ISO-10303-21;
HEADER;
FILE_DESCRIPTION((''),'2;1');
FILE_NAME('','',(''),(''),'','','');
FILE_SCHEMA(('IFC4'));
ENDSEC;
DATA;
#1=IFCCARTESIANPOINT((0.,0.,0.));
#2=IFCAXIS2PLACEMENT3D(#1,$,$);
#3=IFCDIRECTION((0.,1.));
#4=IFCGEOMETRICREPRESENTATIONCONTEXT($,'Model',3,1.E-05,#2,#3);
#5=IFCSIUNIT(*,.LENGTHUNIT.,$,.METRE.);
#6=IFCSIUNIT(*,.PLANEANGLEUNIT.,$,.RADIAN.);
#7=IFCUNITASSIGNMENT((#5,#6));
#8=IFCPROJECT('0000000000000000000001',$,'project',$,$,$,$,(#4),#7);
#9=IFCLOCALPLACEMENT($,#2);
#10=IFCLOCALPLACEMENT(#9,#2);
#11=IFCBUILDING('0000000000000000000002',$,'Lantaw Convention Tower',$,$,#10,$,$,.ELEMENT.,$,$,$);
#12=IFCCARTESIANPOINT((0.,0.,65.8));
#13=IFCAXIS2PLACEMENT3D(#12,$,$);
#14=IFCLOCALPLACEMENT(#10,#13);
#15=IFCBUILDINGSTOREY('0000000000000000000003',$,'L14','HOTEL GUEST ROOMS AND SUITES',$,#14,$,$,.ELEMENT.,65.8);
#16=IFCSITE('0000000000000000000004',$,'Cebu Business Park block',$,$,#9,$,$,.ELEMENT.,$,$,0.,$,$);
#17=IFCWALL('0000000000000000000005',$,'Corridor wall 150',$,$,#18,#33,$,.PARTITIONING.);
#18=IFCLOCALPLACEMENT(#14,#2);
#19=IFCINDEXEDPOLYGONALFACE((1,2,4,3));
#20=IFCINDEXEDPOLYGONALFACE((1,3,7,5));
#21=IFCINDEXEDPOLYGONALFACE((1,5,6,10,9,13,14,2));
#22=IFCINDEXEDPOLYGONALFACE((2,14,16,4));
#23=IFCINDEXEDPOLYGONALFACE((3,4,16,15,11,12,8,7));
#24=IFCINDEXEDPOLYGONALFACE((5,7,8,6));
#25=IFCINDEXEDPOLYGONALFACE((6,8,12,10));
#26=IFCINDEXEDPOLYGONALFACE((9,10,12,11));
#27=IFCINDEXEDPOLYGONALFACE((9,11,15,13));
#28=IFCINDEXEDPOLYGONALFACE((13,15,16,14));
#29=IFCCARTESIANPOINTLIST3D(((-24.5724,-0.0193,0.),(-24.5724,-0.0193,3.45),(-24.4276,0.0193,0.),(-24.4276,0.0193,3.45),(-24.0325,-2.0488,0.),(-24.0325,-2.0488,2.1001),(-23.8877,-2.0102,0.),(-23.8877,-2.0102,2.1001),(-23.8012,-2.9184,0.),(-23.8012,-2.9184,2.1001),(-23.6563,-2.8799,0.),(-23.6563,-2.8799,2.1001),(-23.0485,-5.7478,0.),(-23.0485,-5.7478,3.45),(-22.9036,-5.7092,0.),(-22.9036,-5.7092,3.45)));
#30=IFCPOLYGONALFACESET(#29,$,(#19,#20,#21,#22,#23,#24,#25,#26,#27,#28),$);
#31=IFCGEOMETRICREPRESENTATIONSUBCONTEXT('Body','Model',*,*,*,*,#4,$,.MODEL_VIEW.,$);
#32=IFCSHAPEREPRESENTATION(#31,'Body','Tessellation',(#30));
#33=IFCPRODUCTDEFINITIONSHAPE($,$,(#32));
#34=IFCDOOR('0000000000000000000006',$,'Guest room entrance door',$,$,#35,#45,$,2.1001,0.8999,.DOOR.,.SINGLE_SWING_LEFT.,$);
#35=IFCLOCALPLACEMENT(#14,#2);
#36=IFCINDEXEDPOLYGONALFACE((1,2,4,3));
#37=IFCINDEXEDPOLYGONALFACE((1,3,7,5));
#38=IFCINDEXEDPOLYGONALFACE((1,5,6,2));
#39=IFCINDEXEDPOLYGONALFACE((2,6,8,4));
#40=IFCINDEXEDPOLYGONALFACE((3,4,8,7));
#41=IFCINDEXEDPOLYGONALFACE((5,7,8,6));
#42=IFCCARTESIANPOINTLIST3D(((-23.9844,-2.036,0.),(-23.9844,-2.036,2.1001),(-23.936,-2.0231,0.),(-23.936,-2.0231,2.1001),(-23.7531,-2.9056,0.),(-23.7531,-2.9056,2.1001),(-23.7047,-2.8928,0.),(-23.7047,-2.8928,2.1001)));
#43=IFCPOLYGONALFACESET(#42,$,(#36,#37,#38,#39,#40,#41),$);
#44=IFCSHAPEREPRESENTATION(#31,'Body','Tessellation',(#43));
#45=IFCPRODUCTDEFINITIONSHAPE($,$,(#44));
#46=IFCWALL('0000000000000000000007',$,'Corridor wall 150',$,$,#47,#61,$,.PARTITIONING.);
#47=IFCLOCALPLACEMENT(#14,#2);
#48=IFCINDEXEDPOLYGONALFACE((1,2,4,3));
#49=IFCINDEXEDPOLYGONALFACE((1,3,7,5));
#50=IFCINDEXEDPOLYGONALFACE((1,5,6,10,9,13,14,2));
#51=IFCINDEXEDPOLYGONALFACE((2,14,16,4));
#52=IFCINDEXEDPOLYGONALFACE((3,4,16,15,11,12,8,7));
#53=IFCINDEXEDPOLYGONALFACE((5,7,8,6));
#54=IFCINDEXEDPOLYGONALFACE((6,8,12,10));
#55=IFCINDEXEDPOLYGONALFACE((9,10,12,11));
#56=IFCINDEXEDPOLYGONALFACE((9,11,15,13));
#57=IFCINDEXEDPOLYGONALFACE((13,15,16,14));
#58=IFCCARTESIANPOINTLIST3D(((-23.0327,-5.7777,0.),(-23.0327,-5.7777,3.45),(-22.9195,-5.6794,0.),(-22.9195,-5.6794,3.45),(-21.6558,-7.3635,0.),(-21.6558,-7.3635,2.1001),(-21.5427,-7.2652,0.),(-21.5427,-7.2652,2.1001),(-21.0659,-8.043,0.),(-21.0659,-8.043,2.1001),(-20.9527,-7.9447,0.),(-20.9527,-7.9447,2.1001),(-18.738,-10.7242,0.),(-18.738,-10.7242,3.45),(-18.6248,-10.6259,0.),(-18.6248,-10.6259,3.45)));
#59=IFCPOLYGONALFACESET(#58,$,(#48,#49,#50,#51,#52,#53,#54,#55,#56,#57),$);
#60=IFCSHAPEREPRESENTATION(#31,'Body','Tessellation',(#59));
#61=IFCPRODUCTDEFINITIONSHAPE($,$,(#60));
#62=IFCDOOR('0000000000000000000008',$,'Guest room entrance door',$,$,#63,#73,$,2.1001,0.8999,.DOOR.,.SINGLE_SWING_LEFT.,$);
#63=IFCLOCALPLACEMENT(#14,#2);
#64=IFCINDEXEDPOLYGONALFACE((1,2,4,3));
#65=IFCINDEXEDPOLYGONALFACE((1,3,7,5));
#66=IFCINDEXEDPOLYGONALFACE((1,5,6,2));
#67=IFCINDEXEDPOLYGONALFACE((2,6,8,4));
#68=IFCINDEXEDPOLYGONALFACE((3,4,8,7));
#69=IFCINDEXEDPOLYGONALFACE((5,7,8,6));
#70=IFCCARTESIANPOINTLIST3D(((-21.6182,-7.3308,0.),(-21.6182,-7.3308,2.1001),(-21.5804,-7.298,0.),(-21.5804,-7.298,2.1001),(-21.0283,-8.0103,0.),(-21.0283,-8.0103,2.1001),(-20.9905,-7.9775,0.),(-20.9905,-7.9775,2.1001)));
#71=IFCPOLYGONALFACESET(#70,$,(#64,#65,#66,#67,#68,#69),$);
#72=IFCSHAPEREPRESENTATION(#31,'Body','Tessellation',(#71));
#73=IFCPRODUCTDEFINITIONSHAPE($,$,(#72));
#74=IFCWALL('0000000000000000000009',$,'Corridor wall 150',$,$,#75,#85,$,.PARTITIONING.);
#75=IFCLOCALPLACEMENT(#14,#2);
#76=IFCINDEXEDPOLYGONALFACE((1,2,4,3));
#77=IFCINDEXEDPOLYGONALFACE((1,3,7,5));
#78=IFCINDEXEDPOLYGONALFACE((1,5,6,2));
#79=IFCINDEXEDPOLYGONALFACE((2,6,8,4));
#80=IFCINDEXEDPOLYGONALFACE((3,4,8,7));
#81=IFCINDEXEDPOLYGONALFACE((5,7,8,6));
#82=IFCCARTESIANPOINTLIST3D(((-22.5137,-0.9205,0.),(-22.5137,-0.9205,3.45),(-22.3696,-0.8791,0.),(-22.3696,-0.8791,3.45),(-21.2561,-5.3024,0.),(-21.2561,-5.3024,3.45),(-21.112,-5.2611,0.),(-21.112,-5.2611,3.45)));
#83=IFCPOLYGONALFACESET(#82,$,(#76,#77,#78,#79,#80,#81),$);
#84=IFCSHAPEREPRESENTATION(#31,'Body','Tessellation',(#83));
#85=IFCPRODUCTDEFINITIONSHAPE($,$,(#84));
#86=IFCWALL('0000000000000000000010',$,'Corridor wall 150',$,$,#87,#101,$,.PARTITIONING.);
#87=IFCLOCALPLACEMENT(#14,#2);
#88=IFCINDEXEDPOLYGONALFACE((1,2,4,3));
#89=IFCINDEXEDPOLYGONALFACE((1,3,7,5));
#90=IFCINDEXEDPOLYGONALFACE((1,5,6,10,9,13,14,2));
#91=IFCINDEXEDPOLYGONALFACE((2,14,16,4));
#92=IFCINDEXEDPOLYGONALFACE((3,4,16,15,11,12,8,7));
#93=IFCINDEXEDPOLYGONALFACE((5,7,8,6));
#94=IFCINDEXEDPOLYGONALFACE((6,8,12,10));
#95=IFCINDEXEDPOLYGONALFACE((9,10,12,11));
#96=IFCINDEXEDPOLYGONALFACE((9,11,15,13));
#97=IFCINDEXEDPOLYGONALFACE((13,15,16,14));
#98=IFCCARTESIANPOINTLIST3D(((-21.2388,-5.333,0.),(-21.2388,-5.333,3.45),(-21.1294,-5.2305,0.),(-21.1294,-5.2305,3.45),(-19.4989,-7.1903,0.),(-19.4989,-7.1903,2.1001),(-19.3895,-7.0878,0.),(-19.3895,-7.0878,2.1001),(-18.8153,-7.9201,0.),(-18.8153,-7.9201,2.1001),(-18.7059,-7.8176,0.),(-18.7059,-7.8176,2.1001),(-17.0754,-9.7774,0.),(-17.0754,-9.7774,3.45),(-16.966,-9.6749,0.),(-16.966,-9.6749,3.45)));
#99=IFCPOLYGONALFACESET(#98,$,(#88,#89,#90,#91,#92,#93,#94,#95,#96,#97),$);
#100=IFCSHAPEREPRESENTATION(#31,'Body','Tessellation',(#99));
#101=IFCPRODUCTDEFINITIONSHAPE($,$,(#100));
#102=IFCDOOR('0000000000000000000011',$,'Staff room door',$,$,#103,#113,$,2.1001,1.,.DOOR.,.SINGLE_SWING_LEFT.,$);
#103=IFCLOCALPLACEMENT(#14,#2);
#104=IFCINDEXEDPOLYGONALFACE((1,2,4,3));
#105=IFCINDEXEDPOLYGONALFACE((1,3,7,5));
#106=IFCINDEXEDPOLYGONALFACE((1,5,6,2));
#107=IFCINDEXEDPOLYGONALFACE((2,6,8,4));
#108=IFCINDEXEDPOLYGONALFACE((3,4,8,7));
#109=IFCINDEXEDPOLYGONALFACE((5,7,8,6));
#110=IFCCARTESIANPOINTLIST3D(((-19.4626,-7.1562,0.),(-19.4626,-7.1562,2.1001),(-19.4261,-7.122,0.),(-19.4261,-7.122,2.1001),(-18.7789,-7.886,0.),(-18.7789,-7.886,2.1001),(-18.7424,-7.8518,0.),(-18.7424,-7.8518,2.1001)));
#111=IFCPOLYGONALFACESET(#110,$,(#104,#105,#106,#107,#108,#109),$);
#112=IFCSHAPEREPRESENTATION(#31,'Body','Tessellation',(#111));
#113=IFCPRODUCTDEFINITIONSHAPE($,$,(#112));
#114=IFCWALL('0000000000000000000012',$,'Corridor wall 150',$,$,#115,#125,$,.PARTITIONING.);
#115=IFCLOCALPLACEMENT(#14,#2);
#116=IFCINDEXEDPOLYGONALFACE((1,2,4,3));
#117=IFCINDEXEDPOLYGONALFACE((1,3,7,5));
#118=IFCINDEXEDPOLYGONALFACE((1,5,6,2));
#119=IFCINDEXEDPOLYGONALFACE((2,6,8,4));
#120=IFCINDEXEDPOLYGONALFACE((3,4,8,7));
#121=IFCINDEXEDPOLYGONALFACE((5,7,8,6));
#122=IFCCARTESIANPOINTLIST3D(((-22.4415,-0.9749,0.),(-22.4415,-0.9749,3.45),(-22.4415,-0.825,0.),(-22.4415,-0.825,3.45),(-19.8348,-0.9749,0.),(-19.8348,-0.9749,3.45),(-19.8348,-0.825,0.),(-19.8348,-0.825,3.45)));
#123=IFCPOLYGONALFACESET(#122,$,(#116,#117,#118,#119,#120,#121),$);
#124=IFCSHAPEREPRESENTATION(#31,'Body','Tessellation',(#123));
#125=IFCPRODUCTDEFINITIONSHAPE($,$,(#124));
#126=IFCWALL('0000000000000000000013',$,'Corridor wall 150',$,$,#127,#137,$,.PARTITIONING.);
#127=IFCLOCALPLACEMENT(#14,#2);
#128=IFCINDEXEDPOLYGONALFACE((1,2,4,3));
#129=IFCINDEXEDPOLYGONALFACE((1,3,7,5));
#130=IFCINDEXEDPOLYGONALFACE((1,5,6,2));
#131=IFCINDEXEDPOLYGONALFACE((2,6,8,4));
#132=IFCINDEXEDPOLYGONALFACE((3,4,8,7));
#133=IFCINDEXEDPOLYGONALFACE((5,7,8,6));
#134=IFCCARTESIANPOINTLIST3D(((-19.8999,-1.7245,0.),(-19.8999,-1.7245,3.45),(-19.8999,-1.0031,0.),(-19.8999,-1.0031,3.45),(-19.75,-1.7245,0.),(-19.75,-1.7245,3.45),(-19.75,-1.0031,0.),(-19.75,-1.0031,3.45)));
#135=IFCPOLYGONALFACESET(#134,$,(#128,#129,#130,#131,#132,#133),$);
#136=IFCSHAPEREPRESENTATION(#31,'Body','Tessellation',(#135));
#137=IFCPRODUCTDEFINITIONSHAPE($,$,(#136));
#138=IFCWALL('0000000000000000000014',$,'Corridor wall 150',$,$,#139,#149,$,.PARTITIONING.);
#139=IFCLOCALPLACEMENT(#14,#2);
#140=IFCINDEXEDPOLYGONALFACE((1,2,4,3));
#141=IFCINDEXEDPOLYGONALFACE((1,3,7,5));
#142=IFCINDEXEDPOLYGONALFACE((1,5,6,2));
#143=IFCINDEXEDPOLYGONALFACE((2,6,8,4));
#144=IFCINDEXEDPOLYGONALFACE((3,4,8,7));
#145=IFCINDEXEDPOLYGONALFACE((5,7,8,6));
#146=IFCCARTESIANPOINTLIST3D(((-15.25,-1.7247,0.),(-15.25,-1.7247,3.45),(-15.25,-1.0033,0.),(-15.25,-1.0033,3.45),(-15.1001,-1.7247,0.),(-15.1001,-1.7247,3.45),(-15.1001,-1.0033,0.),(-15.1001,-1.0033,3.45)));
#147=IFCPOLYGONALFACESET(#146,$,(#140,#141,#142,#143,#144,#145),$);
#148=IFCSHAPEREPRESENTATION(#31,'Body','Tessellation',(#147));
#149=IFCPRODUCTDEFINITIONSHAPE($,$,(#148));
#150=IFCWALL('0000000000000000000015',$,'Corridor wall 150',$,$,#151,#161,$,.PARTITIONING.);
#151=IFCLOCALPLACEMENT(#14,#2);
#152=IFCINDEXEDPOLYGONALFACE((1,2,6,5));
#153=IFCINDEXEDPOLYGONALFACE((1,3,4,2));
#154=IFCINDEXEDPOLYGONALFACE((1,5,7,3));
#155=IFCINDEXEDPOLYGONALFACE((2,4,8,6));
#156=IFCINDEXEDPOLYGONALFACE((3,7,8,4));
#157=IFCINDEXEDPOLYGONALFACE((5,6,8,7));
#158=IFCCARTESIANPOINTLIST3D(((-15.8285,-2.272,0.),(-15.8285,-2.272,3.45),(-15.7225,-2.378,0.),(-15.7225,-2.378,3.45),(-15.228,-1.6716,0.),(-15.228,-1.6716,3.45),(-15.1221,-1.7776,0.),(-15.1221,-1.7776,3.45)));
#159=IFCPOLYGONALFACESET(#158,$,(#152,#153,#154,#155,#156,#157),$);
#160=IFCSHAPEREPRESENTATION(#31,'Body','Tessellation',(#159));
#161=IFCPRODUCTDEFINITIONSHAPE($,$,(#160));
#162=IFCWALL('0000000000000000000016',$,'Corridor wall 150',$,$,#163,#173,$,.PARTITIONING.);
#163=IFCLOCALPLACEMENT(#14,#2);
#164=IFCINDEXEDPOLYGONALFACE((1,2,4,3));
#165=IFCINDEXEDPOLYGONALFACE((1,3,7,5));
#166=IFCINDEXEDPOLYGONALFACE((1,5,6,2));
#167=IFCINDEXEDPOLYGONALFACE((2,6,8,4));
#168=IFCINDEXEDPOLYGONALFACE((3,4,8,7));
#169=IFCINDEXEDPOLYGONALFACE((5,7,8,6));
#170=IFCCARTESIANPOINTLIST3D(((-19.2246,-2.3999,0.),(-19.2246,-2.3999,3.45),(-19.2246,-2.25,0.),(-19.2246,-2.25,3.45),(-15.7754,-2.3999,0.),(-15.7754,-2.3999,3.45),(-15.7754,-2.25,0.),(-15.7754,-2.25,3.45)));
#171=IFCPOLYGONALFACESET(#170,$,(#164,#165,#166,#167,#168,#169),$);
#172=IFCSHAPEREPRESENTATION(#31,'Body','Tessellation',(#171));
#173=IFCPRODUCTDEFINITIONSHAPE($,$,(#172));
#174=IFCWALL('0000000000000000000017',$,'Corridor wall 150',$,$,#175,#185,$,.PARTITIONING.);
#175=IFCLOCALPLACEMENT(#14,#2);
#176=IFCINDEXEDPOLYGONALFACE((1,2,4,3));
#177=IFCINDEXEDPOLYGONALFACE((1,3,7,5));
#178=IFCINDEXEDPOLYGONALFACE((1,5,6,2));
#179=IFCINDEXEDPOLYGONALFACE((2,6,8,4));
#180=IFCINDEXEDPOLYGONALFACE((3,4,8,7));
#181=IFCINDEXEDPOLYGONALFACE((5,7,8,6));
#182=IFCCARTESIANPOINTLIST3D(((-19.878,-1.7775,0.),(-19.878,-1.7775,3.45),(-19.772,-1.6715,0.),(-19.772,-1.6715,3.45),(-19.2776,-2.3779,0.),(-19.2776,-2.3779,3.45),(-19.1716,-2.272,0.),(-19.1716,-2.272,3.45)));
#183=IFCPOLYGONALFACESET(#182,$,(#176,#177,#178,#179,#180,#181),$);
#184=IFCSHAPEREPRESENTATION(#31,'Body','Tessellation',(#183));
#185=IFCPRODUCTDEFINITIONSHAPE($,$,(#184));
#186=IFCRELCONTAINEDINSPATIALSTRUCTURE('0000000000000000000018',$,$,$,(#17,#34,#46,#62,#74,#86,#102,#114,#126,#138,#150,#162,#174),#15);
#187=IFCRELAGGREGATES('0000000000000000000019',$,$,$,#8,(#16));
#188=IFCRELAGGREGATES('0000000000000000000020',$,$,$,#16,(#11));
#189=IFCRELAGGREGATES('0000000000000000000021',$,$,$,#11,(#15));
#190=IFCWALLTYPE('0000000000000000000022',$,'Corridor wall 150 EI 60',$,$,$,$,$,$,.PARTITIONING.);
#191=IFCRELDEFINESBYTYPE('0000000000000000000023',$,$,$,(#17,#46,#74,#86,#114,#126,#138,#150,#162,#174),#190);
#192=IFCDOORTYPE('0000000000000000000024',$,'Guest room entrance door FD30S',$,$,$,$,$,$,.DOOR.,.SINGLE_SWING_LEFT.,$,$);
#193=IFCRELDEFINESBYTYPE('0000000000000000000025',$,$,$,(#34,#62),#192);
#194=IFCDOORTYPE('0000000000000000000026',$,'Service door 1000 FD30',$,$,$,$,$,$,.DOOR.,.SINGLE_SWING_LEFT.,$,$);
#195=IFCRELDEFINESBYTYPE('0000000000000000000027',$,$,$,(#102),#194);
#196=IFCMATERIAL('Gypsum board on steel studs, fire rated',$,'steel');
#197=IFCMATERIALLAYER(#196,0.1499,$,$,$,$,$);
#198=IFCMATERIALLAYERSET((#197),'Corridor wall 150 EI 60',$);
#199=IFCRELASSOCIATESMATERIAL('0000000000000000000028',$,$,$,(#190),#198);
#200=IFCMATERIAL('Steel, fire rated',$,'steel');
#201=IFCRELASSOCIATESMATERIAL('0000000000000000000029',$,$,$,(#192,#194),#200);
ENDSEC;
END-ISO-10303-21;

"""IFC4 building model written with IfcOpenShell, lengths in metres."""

from ifc_helpers import new_model, si_unit, direction, frame, frame_2d, origin, place, context, subcontext, project, spatial, rectangle, extrude, material, layer, layer_set, type_object, element, fill, save


model = new_model("IFC4")

# Units and contexts
model_context = context("Model", 3, precision=1e-05, world=origin(), true_north=direction((0.0, 1.0)))
body_context = subcontext(model_context, "Body", "Model", "MODEL_VIEW")
ifc_project = project(units=[si_unit("LENGTHUNIT", "METRE"), si_unit("PLANEANGLEUNIT", "RADIAN")], contexts=[model_context])

# Site, building, storey
site_placement = place(None, origin())
site = spatial("IfcSite", under=ifc_project, at=site_placement, Name="Cebu Business Park block", CompositionType="ELEMENT", RefElevation=0.0)
building_placement = place(site_placement, origin())
building = spatial("IfcBuilding", under=site, at=building_placement, Name="Lantaw Convention Tower", CompositionType="ELEMENT")
storey_placement = place(building_placement, frame((0.0, 0.0, 65.8)))
storey = spatial("IfcBuildingStorey", under=building, at=storey_placement, Name="L14", Description="HOTEL GUEST ROOMS AND SUITES", CompositionType="ELEMENT", Elevation=65.8)

# Walls, openings, doors
ifc_material_1 = material(Name="Gypsum board on steel studs, fire rated", Category="steel")
ifc_layer_1 = layer(ifc_material_1, 0.1499)
ifc_layer_set_1 = layer_set([ifc_layer_1], Name="Corridor wall 150 EI 60")
wall_type_1 = type_object("IfcWallType", Name="Corridor wall 150 EI 60", PredefinedType="PARTITIONING", material=ifc_layer_set_1)
wall_1_placement = place(storey_placement, frame((-24.5, 0.0, 0.0), z_axis=(0.0, 0.0, 1.0), x_axis=(0.257083, -0.966389, 0.0)))
wall_1 = element("IfcWall", 1, at=wall_1_placement, inside=storey, type_object=wall_type_1, Name="Corridor wall 150", PredefinedType="PARTITIONING", context=body_context, shape_type="SweptSolid", body=[
    extrude(rectangle(XDim=5.9277, YDim=0.1499, at=frame_2d((2.9639, 0.0))), origin(), (0.0, 0.0, 1.0), 3.45),
])
opening_1_placement = place(wall_1_placement, frame((2.1001, 0.0, 0.0)))
opening_1 = element("IfcOpeningElement", 2, at=opening_1_placement, cuts=wall_1, PredefinedType="OPENING", context=body_context, shape_type="SweptSolid", body=[
    extrude(rectangle(XDim=0.8999, YDim=2.1001, at=frame_2d((0.45, 1.05))), frame((0.0, 0.085, 0.0), z_axis=(0.0, -1.0, 0.0), x_axis=(1.0, 0.0, 0.0)), (0.0, 0.0, 1.0), 0.1699),
])
ifc_material_2 = material(Name="Steel, fire rated", Category="steel")
door_type_1 = type_object("IfcDoorType", Name="Guest room entrance door FD30S", OperationType="SINGLE_SWING_LEFT", PredefinedType="DOOR", material=ifc_material_2)
door_1_placement = place(opening_1_placement, origin())
door_1 = element("IfcDoor", 3, at=door_1_placement, inside=storey, type_object=door_type_1, Name="Guest room entrance door", OperationType="SINGLE_SWING_LEFT", OverallHeight=2.1001, OverallWidth=0.8999, PredefinedType="DOOR", context=body_context, shape_type="SweptSolid", body=[
    extrude(rectangle(XDim=0.8999, YDim=2.1001, at=frame_2d((0.45, 1.05))), frame((0.0, 0.0249, 0.0), z_axis=(0.0, -1.0, 0.0), x_axis=(1.0, 0.0, 0.0)), (0.0, 0.0, 1.0), 0.05),
])
fill(opening_1, door_1)
wall_2_placement = place(storey_placement, frame((-22.9761, -5.7285, 0.0), z_axis=(0.0, 0.0, 1.0), x_axis=(0.6556, -0.755108, 0.0)))
wall_2 = element("IfcWall", 4, at=wall_2_placement, inside=storey, type_object=wall_type_1, Name="Corridor wall 150", PredefinedType="PARTITIONING", context=body_context, shape_type="SweptSolid", body=[
    extrude(rectangle(XDim=6.5508, YDim=0.1499, at=frame_2d((3.2754, 0.0))), origin(), (0.0, 0.0, 1.0), 3.45),
])
opening_2_placement = place(wall_2_placement, frame((2.1001, 0.0, 0.0)))
opening_2 = element("IfcOpeningElement", 5, at=opening_2_placement, cuts=wall_2, PredefinedType="OPENING", context=body_context, shape_type="SweptSolid", body=[
    extrude(rectangle(XDim=0.8999, YDim=2.1001, at=frame_2d((0.45, 1.05))), frame((0.0, 0.085, 0.0), z_axis=(0.0, -1.0, 0.0), x_axis=(1.0, 0.0, 0.0)), (0.0, 0.0, 1.0), 0.1699),
])
door_2_placement = place(opening_2_placement, origin())
door_2 = element("IfcDoor", 6, at=door_2_placement, inside=storey, type_object=door_type_1, Name="Guest room entrance door", OperationType="SINGLE_SWING_LEFT", OverallHeight=2.1001, OverallWidth=0.8999, PredefinedType="DOOR", context=body_context, shape_type="SweptSolid", body=[
    extrude(rectangle(XDim=0.8999, YDim=2.1001, at=frame_2d((0.45, 1.05))), frame((0.0, 0.0249, 0.0), z_axis=(0.0, -1.0, 0.0), x_axis=(1.0, 0.0, 0.0)), (0.0, 0.0, 1.0), 0.05),
])
fill(opening_2, door_2)

# Wall
wall_3_placement = place(storey_placement, frame((-22.4417, -0.8999, 0.0), z_axis=(0.0, 0.0, 1.0), x_axis=(0.27586, -0.961198, 0.0)))
element("IfcWall", 7, at=wall_3_placement, inside=storey, type_object=wall_type_1, Name="Corridor wall 150", PredefinedType="PARTITIONING", context=body_context, shape_type="SweptSolid", body=[
    extrude(rectangle(XDim=4.5588, YDim=0.1499, at=frame_2d((2.2793, 0.0))), origin(), (0.0, 0.0, 1.0), 3.45),
])

# Wall, opening, door
wall_4_placement = place(storey_placement, frame((-21.1841, -5.2817, 0.0), z_axis=(0.0, 0.0, 1.0), x_axis=(0.683658, -0.729802, 0.0)))
wall_4 = element("IfcWall", 8, at=wall_4_placement, inside=storey, type_object=wall_type_1, Name="Corridor wall 150", PredefinedType="PARTITIONING", context=body_context, shape_type="SweptSolid", body=[
    extrude(rectangle(XDim=6.0898, YDim=0.1499, at=frame_2d((3.0449, 0.0))), origin(), (0.0, 0.0, 1.0), 3.45),
])
opening_3_placement = place(wall_4_placement, frame((2.5449, 0.0, 0.0)))
opening_3 = element("IfcOpeningElement", 9, at=opening_3_placement, cuts=wall_4, PredefinedType="OPENING", context=body_context, shape_type="SweptSolid", body=[
    extrude(rectangle(XDim=1.0, YDim=2.1001, at=frame_2d((0.5, 1.05))), frame((0.0, 0.085, 0.0), z_axis=(0.0, -1.0, 0.0), x_axis=(1.0, 0.0, 0.0)), (0.0, 0.0, 1.0), 0.1699),
])
door_type_2 = type_object("IfcDoorType", Name="Service door 1000 FD30", OperationType="SINGLE_SWING_LEFT", PredefinedType="DOOR", material=ifc_material_2)
door_3_placement = place(opening_3_placement, origin())
door_3 = element("IfcDoor", 10, at=door_3_placement, inside=storey, type_object=door_type_2, Name="Staff room door", OperationType="SINGLE_SWING_LEFT", OverallHeight=2.1001, OverallWidth=1.0, PredefinedType="DOOR", context=body_context, shape_type="SweptSolid", body=[
    extrude(rectangle(XDim=1.0, YDim=2.1001, at=frame_2d((0.5, 1.05))), frame((0.0, 0.0249, 0.0), z_axis=(0.0, -1.0, 0.0), x_axis=(1.0, 0.0, 0.0)), (0.0, 0.0, 1.0), 0.05),
])
fill(opening_3, door_3)

# Walls
wall_5_placement = place(storey_placement, frame((-19.835, -0.8999, 0.0), z_axis=(0.0, 0.0, 1.0), x_axis=(-1.0, 0.0, 0.0)))
element("IfcWall", 11, at=wall_5_placement, inside=storey, type_object=wall_type_1, Name="Corridor wall 150", PredefinedType="PARTITIONING", context=body_context, shape_type="SweptSolid", body=[
    extrude(rectangle(XDim=2.6067, YDim=0.1499, at=frame_2d((1.3032, 0.0))), origin(), (0.0, 0.0, 1.0), 3.45),
])
for number, where, z_axis, x_axis, name in (
    (12, (-19.825, -1.7246, 0.0), (0.0, 0.0, 1.0), (0.0, 1.0, 0.0), "Corridor wall 150"),
    (13, (-15.175, -1.0032, 0.0), (0.0, 0.0, 1.0), (0.0, -1.0, 0.0), "Corridor wall 150"),
):
    element("IfcWall", number, at=place(storey_placement, frame(where, z_axis=z_axis, x_axis=x_axis)), inside=storey, type_object=wall_type_1, Name=name, PredefinedType="PARTITIONING", context=body_context, shape_type="SweptSolid", body=[
        extrude(rectangle(XDim=0.7214, YDim=0.1499, at=frame_2d((0.3608, 0.0))), origin(), (0.0, 0.0, 1.0), 3.45),
    ])
wall_6_placement = place(storey_placement, frame((-15.175, -1.7246, 0.0), z_axis=(0.0, 0.0, 1.0), x_axis=(-0.707107, -0.707107, 0.0)))
element("IfcWall", 14, at=wall_6_placement, inside=storey, type_object=wall_type_1, Name="Corridor wall 150", PredefinedType="PARTITIONING", context=body_context, shape_type="SweptSolid", body=[
    extrude(rectangle(XDim=0.8491, YDim=0.1499, at=frame_2d((0.4246, 0.0))), origin(), (0.0, 0.0, 1.0), 3.45),
])
wall_7_placement = place(storey_placement, frame((-15.7754, -2.325, 0.0), z_axis=(0.0, 0.0, 1.0), x_axis=(-1.0, 0.0, 0.0)))
element("IfcWall", 15, at=wall_7_placement, inside=storey, type_object=wall_type_1, Name="Corridor wall 150", PredefinedType="PARTITIONING", context=body_context, shape_type="SweptSolid", body=[
    extrude(rectangle(XDim=3.4492, YDim=0.1499, at=frame_2d((1.7246, 0.0))), origin(), (0.0, 0.0, 1.0), 3.45),
])
wall_8_placement = place(storey_placement, frame((-19.2246, -2.325, 0.0), z_axis=(0.0, 0.0, 1.0), x_axis=(-0.707107, 0.707107, 0.0)))
element("IfcWall", 16, at=wall_8_placement, inside=storey, type_object=wall_type_1, Name="Corridor wall 150", PredefinedType="PARTITIONING", context=body_context, shape_type="SweptSolid", body=[
    extrude(rectangle(XDim=0.8491, YDim=0.1499, at=frame_2d((0.4246, 0.0))), origin(), (0.0, 0.0, 1.0), 3.45),
])

save(model, "model.ifc")
